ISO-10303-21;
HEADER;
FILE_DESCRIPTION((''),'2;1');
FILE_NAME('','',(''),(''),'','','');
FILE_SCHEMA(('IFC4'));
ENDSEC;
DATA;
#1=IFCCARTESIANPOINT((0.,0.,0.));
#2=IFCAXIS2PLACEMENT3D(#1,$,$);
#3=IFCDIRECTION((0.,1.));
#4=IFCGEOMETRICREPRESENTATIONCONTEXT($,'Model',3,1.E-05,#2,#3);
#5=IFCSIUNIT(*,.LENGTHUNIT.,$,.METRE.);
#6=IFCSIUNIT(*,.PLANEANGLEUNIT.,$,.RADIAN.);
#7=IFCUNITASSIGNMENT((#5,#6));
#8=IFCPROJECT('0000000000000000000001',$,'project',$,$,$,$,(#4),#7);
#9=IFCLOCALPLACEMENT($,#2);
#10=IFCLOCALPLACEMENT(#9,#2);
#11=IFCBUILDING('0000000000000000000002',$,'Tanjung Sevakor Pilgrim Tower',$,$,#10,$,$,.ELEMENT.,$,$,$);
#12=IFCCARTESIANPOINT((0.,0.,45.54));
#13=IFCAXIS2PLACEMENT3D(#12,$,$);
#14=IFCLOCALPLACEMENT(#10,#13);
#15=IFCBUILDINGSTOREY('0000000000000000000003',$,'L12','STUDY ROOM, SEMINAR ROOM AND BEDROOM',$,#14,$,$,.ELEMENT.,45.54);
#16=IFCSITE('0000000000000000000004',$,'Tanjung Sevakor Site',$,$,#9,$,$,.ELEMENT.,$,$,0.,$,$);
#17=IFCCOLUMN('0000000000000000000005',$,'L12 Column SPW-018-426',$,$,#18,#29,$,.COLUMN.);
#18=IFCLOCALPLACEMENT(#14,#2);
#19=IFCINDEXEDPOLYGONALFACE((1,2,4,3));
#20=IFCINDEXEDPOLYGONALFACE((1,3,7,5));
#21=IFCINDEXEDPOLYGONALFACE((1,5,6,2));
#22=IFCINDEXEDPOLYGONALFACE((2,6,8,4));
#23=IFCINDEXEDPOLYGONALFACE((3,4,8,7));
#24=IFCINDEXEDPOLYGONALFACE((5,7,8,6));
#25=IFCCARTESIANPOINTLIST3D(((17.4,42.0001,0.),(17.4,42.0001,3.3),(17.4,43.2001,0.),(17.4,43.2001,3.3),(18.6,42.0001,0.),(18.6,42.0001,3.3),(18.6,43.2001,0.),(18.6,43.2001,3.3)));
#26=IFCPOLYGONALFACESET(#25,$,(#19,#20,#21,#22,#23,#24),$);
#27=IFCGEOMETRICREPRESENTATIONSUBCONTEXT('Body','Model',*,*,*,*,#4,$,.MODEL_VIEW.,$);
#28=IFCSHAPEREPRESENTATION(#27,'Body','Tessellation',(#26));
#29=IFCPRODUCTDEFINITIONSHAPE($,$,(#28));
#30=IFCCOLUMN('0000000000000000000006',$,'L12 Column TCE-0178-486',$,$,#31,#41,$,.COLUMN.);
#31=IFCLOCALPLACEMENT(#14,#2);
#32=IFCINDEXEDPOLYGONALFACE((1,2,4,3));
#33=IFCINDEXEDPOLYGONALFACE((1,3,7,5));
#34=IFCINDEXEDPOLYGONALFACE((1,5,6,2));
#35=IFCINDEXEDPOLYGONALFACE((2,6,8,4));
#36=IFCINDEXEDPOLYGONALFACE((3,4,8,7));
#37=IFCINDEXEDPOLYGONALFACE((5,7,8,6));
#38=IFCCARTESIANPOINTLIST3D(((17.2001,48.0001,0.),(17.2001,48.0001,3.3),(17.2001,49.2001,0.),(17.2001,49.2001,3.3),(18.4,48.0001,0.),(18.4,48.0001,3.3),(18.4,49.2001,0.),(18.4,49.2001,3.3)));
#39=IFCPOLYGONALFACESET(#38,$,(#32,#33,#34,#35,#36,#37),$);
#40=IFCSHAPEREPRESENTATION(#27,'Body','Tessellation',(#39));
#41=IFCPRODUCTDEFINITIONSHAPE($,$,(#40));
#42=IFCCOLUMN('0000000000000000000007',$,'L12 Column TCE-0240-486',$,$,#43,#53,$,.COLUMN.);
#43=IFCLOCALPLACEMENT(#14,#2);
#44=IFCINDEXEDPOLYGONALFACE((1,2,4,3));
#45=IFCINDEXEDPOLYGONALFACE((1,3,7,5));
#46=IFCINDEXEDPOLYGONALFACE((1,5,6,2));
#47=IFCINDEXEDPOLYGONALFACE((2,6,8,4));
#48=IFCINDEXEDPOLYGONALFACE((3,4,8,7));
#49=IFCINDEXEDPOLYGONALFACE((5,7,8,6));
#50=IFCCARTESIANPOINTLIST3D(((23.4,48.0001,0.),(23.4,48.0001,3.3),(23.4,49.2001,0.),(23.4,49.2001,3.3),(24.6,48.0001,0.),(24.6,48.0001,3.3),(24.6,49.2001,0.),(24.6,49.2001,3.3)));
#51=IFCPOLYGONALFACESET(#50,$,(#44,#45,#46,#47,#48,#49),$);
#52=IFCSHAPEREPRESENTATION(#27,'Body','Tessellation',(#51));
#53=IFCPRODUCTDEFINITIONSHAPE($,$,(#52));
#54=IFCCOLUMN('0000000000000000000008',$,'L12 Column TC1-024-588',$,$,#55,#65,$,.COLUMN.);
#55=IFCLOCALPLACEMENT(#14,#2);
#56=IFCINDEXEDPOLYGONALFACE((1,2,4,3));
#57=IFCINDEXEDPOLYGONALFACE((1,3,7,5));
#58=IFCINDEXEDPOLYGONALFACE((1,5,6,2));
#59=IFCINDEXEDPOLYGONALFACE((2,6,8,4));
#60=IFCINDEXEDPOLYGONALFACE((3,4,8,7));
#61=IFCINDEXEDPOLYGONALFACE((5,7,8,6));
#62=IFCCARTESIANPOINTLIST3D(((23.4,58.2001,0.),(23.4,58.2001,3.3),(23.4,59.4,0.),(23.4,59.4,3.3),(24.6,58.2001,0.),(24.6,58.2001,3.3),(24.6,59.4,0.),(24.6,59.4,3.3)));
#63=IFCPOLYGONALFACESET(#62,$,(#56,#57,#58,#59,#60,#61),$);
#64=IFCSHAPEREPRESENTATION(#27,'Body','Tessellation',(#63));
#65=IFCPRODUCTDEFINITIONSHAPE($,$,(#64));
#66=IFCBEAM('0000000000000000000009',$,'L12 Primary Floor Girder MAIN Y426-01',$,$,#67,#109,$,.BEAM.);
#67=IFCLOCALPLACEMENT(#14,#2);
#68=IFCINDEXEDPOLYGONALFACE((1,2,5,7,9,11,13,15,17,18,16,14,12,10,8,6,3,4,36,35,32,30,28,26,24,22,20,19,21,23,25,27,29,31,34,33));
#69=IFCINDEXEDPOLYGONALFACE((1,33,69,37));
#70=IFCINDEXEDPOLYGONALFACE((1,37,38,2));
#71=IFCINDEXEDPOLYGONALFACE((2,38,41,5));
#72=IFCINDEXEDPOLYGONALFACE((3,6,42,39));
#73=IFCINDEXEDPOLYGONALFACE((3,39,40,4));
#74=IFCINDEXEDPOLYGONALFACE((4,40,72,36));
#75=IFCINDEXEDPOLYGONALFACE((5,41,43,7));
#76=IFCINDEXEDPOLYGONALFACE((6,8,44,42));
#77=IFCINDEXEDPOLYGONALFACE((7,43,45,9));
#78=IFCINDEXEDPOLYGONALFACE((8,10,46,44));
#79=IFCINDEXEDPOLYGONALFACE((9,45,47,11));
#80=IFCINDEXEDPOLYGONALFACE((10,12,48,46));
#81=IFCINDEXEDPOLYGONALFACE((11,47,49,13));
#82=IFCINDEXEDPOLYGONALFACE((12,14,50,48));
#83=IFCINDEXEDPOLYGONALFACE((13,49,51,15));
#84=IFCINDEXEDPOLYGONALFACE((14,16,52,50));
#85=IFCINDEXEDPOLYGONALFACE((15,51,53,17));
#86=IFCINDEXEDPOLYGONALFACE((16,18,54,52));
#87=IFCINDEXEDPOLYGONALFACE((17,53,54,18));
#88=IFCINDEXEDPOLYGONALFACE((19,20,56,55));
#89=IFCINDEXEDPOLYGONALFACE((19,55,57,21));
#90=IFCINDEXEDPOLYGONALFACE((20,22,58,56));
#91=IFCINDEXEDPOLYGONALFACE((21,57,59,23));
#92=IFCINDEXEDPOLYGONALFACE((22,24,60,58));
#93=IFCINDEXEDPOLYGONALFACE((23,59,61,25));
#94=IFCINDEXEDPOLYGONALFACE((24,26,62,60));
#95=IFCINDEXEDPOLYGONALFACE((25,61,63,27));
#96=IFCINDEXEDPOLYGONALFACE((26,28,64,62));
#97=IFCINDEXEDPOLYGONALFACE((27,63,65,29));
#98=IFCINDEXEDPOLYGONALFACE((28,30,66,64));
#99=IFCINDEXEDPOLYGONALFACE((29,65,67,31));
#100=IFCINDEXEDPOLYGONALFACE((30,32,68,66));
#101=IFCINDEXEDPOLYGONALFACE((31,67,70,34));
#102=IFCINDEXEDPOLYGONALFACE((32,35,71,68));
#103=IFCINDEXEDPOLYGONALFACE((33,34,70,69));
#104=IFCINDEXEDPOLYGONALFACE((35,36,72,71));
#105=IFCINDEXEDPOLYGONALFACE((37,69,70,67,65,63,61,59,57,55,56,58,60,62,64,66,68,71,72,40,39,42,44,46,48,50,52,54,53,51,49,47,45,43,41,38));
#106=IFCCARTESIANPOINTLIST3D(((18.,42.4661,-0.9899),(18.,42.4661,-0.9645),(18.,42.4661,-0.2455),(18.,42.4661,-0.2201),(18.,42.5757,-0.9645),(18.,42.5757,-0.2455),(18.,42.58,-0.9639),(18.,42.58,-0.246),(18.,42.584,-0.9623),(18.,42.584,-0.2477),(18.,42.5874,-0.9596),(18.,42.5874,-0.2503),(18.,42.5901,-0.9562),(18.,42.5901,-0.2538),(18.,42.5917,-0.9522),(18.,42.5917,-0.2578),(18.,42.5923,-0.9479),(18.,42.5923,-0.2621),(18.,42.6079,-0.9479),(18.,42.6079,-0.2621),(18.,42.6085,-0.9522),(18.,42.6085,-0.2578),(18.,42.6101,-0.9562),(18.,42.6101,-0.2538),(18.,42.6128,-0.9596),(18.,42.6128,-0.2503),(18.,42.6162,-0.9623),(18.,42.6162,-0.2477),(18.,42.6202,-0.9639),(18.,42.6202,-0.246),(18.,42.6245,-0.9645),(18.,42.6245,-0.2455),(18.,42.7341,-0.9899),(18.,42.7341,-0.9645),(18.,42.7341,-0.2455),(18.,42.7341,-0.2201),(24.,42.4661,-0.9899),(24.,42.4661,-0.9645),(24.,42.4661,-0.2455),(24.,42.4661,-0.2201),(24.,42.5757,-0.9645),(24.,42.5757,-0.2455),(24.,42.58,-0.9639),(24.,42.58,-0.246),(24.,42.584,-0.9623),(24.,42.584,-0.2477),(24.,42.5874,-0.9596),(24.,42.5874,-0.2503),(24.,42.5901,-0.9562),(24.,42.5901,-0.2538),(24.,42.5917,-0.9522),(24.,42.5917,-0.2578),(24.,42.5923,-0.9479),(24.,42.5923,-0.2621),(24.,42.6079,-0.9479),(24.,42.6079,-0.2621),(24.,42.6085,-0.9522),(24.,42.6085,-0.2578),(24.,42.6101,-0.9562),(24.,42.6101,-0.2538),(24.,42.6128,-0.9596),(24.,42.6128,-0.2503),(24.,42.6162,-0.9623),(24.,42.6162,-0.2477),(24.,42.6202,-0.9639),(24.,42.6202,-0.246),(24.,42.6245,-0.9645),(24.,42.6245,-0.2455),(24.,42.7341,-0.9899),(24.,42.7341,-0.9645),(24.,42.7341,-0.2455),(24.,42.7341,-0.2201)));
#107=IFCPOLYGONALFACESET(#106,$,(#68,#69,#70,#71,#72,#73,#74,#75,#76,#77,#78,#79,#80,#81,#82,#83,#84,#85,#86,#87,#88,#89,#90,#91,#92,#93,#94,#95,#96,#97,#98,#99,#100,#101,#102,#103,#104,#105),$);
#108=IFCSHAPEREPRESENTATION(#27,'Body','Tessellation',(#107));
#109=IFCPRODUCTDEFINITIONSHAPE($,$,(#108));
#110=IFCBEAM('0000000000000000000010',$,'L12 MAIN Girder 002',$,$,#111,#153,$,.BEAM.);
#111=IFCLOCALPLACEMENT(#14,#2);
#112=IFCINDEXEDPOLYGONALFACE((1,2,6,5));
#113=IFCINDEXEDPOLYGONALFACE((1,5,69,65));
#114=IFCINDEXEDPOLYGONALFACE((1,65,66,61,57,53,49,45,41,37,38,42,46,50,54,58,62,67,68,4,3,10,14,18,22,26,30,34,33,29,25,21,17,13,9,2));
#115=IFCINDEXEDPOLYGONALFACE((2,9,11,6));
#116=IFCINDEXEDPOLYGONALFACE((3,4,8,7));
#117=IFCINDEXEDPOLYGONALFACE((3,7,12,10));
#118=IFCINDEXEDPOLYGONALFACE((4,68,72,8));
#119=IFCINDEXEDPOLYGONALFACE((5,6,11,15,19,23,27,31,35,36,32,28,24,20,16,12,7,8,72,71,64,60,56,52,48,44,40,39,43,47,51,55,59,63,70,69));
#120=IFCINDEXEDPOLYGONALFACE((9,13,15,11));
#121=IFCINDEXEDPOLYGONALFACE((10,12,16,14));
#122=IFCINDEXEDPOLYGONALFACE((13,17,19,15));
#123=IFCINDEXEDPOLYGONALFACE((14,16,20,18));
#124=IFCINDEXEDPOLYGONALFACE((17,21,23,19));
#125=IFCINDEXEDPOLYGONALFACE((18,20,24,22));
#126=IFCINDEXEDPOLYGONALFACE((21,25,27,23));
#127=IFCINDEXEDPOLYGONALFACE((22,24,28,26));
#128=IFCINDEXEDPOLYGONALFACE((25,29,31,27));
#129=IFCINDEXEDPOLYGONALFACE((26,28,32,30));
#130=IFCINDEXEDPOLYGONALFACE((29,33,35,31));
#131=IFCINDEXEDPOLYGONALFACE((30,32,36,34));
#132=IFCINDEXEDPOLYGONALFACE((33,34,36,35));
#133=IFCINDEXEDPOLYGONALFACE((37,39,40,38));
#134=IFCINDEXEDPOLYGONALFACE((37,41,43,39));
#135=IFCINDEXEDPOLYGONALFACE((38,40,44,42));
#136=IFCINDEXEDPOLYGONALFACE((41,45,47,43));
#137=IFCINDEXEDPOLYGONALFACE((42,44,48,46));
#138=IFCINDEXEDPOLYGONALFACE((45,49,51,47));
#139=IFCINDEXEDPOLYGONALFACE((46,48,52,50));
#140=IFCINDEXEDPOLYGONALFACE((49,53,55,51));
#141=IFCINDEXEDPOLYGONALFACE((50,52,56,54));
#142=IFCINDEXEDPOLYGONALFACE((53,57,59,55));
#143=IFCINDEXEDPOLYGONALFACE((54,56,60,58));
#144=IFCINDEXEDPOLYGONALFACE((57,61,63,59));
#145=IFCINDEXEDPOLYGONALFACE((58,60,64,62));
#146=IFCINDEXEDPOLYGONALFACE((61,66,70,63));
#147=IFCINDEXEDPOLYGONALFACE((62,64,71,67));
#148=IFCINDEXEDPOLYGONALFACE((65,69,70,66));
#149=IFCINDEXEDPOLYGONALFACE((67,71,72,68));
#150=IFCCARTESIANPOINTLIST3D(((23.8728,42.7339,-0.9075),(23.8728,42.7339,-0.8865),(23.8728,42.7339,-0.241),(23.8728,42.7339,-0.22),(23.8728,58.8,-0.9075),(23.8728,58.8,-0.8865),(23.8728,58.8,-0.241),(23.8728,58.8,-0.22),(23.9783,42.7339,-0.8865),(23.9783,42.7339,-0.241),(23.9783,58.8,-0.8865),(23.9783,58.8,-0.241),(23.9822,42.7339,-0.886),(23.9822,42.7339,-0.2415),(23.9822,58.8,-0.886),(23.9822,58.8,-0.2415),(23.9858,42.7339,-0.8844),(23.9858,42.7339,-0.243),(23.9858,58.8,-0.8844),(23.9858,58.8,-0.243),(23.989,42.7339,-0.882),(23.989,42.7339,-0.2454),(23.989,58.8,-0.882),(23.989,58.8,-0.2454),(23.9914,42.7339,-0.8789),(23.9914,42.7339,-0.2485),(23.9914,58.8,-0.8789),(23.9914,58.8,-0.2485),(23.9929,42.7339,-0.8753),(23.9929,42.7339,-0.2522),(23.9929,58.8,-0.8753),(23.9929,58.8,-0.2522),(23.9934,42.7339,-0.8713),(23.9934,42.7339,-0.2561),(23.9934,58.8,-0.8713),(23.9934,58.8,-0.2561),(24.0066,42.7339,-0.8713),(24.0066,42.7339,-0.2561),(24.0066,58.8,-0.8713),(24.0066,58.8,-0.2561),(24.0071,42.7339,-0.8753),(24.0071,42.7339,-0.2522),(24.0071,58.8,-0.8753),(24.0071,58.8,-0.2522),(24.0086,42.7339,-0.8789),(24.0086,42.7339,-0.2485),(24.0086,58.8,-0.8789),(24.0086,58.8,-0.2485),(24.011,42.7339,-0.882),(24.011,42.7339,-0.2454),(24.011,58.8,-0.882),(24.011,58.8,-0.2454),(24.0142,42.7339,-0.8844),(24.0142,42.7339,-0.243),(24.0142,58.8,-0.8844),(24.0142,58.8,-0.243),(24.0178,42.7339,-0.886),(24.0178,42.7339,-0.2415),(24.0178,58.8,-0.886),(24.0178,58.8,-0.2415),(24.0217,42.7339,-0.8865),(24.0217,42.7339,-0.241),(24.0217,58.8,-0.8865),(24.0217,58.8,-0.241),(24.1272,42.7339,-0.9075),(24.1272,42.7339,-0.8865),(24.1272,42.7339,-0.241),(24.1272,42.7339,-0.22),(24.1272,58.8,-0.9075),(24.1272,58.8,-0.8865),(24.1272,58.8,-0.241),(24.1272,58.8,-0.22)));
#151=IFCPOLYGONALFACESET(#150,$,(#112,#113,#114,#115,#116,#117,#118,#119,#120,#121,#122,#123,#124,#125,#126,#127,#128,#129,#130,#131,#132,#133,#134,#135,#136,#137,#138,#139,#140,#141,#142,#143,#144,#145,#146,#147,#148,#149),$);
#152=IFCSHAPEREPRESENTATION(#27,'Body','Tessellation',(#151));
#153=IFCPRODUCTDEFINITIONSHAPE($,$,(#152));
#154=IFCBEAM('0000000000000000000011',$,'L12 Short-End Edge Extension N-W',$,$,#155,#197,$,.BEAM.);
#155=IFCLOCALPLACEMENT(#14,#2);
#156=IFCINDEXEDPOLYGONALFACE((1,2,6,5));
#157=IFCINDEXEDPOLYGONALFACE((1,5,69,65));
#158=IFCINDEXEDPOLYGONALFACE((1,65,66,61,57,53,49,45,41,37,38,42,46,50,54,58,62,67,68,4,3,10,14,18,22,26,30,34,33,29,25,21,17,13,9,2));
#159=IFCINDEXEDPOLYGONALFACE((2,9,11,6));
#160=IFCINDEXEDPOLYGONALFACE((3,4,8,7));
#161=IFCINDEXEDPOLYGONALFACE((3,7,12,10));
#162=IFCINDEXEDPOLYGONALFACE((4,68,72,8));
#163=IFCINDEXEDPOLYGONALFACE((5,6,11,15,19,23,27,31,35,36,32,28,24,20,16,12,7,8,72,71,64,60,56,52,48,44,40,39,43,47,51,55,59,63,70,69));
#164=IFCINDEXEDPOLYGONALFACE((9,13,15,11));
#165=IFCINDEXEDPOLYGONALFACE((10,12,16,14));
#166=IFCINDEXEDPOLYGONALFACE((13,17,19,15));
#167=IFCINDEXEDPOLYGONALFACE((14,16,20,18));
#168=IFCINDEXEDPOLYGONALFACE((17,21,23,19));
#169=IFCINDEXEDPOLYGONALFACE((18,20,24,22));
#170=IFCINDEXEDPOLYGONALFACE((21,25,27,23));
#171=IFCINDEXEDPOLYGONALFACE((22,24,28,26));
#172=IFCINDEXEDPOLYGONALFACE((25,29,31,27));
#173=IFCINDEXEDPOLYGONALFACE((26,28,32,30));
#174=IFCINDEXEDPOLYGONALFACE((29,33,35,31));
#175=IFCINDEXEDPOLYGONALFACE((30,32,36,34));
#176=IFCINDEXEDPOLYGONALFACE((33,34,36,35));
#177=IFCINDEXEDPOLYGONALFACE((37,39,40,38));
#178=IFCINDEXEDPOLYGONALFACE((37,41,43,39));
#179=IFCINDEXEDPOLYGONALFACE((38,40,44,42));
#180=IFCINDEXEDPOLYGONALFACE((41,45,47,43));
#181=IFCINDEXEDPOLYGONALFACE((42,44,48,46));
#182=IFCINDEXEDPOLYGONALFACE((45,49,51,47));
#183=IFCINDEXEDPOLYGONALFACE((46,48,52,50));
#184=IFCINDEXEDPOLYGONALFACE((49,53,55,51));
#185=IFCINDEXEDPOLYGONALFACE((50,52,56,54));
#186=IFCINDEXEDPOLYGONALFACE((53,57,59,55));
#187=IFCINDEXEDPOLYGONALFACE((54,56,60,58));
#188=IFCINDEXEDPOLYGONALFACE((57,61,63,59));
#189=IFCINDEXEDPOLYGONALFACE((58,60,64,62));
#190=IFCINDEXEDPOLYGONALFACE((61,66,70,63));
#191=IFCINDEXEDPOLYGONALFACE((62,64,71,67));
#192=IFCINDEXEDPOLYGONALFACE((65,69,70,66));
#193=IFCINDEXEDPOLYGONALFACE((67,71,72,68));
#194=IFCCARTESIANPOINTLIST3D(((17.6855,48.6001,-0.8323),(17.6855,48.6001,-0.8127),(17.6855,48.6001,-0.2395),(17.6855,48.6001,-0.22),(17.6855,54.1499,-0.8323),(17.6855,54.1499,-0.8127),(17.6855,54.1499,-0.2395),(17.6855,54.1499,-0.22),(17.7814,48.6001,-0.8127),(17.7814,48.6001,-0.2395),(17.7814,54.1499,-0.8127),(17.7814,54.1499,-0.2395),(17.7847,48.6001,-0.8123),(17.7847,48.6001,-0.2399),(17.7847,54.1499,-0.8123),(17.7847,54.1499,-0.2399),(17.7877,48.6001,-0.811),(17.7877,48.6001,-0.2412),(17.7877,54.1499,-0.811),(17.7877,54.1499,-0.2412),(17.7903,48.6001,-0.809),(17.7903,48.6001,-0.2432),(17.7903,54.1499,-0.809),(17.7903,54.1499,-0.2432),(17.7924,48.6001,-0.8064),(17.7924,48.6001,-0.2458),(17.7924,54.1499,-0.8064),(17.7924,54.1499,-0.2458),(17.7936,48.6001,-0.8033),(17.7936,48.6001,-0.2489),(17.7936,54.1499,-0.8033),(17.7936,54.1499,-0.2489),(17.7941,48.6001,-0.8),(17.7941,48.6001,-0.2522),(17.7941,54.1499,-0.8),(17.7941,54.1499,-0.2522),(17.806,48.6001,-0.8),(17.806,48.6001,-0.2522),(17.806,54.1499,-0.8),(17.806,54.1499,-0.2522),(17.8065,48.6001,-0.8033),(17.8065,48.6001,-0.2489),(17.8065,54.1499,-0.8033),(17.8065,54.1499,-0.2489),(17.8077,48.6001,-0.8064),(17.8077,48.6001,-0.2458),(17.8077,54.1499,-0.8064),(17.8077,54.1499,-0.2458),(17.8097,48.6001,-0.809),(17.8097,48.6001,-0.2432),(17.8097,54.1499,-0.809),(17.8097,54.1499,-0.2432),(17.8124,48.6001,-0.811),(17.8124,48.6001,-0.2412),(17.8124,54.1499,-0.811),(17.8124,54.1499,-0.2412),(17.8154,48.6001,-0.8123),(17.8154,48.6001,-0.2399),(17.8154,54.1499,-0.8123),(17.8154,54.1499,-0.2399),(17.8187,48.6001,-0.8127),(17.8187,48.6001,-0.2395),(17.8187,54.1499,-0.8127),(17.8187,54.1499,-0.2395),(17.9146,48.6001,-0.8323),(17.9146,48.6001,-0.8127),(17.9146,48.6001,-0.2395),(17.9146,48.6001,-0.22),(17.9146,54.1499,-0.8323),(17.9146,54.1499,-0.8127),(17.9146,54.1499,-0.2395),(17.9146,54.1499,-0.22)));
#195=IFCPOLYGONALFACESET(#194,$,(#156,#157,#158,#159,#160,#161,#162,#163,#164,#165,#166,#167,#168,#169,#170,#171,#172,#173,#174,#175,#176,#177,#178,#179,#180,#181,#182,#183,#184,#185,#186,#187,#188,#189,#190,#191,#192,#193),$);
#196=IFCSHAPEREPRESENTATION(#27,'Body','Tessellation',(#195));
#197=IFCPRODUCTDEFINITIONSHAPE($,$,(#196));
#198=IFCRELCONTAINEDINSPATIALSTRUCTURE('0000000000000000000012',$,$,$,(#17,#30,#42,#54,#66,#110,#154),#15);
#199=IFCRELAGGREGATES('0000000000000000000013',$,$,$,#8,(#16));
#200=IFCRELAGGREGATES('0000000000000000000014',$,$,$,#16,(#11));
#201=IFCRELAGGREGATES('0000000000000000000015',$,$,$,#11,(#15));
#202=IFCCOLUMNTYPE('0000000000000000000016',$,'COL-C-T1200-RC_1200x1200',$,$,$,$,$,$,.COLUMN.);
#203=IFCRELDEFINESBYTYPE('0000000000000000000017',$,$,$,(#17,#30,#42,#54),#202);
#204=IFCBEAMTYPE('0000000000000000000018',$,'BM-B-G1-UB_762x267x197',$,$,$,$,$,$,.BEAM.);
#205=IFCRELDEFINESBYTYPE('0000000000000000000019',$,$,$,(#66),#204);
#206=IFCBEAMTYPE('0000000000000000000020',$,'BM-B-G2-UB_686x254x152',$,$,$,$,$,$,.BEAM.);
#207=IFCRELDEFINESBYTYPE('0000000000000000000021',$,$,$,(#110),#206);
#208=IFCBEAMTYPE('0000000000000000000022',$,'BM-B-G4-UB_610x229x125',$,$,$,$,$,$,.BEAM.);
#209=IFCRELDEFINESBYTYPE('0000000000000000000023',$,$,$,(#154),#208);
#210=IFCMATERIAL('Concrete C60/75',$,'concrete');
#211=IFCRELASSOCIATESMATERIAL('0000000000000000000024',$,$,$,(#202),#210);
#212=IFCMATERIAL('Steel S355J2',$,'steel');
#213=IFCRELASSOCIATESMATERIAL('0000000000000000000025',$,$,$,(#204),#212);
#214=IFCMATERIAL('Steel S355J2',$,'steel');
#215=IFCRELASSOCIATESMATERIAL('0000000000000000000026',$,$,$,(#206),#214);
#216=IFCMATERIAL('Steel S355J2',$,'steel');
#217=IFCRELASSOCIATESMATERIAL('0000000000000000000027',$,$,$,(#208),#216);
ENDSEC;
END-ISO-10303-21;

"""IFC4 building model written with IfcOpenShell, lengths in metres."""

from ifc_helpers import new_model, si_unit, direction, frame, origin, origin_2d, place, context, subcontext, project, spatial, rectangle, i_section, extrude, material, material_profile, profile_set, type_object, element, save


model = new_model("IFC4")

# Units and contexts
model_context = context("Model", 3, precision=1e-05, world=origin(), true_north=direction((0.0, 1.0)))
body_context = subcontext(model_context, "Body", "Model", "MODEL_VIEW")
ifc_project = project(units=[si_unit("LENGTHUNIT", "METRE"), si_unit("PLANEANGLEUNIT", "RADIAN")], contexts=[model_context])

# Site, building, storey
site_placement = place(None, origin())
site = spatial("IfcSite", under=ifc_project, at=site_placement, Name="Tanjung Sevakor Site", CompositionType="ELEMENT", RefElevation=0.0)
building_placement = place(site_placement, origin())
building = spatial("IfcBuilding", under=site, at=building_placement, Name="Tanjung Sevakor Pilgrim Tower", CompositionType="ELEMENT")
storey_placement = place(building_placement, frame((0.0, 0.0, 45.54)))
storey = spatial("IfcBuildingStorey", under=building, at=storey_placement, Name="L12", Description="STUDY ROOM, SEMINAR ROOM AND BEDROOM", CompositionType="ELEMENT", Elevation=45.54)

# Columns
ifc_material_1 = material(Name="Concrete C60/75", Category="concrete")
ifc_material_profile_1 = material_profile(ifc_material_1, rectangle(XDim=1.2, YDim=1.2, at=origin_2d()))
ifc_profile_set_1 = profile_set([ifc_material_profile_1], Name="Concrete C60/75")
column_type = type_object("IfcColumnType", Name="COL-C-T1200-RC_1200x1200", PredefinedType="COLUMN", material=ifc_profile_set_1)
for number, where, z_axis, x_axis, name in (
    (1, (18.0, 42.6001, 0.0), (0.0, 0.0, 1.0), (1.0, 0.0, 0.0), "L12 Column SPW-018-426"),
    (2, (17.8, 48.6001, 0.0), (0.0, 0.0, 1.0), (1.0, 0.0, 0.0), "L12 Column TCE-0178-486"),
    (3, (24.0, 48.6001, 0.0), (0.0, 0.0, 1.0), (1.0, 0.0, 0.0), "L12 Column TCE-0240-486"),
    (4, (24.0, 58.8, 0.0), (0.0, 0.0, 1.0), (1.0, 0.0, 0.0), "L12 Column TC1-024-588"),
):
    element("IfcColumn", number, at=place(storey_placement, frame(where, z_axis=z_axis, x_axis=x_axis)), inside=storey, type_object=column_type, Name=name, PredefinedType="COLUMN", context=body_context, shape_type="SweptSolid", body=[
        extrude(rectangle(XDim=1.2, YDim=1.2, at=origin_2d()), origin(), (0.0, 0.0, 1.0), 3.3),
    ])

# Beams
ifc_material_2 = material(Name="Steel S355J2", Category="steel")
ifc_material_profile_2 = material_profile(ifc_material_2, i_section(OverallWidth=0.2681, OverallDepth=0.7698, WebThickness=0.0156, FlangeThickness=0.0254, FilletRadius=0.0166, at=origin_2d()))
ifc_profile_set_2 = profile_set([ifc_material_profile_2], Name="Steel S355J2")
beam_type_1 = type_object("IfcBeamType", Name="BM-B-G1-UB_762x267x197", PredefinedType="BEAM", material=ifc_profile_set_2)
beam_1_placement = place(storey_placement, frame((18.0, 42.6001, -0.605), z_axis=(1.0, 0.0, 0.0), x_axis=(0.0, 1.0, 0.0)))
element("IfcBeam", 5, at=beam_1_placement, inside=storey, type_object=beam_type_1, Name="L12 Primary Floor Girder MAIN Y426-01", PredefinedType="BEAM", context=body_context, shape_type="SweptSolid", body=[
    extrude(i_section(OverallWidth=0.2681, OverallDepth=0.7698, WebThickness=0.0156, FlangeThickness=0.0254, FilletRadius=0.0166, at=origin_2d()), origin(), (0.0, 0.0, 1.0), 6.0),
])
ifc_material_3 = material(Name="Steel S355J2", Category="steel")
ifc_material_profile_3 = material_profile(ifc_material_3, i_section(OverallWidth=0.2544, OverallDepth=0.6875, WebThickness=0.0132, FlangeThickness=0.021, FilletRadius=0.0151, at=origin_2d()))
ifc_profile_set_3 = profile_set([ifc_material_profile_3], Name="Steel S355J2")
beam_type_2 = type_object("IfcBeamType", Name="BM-B-G2-UB_686x254x152", PredefinedType="BEAM", material=ifc_profile_set_3)
beam_2_placement = place(storey_placement, frame((24.0, 42.7339, -0.5637), z_axis=(0.0, 1.0, 0.0), x_axis=(-1.0, 0.0, 0.0)))
element("IfcBeam", 6, at=beam_2_placement, inside=storey, type_object=beam_type_2, Name="L12 MAIN Girder 002", PredefinedType="BEAM", context=body_context, shape_type="SweptSolid", body=[
    extrude(i_section(OverallWidth=0.2544, OverallDepth=0.6875, WebThickness=0.0132, FlangeThickness=0.021, FilletRadius=0.0151, at=origin_2d()), origin(), (0.0, 0.0, 1.0), 16.0662),
])
ifc_material_4 = material(Name="Steel S355J2", Category="steel")
ifc_material_profile_4 = material_profile(ifc_material_4, i_section(OverallWidth=0.229, OverallDepth=0.6123, WebThickness=0.012, FlangeThickness=0.0195, FilletRadius=0.0127, at=origin_2d()))
ifc_profile_set_4 = profile_set([ifc_material_profile_4], Name="Steel S355J2")
beam_type_3 = type_object("IfcBeamType", Name="BM-B-G4-UB_610x229x125", PredefinedType="BEAM", material=ifc_profile_set_4)
beam_3_placement = place(storey_placement, frame((17.8, 48.6001, -0.5261), z_axis=(0.0, 1.0, 0.0), x_axis=(-1.0, 0.0, 0.0)))
element("IfcBeam", 7, at=beam_3_placement, inside=storey, type_object=beam_type_3, Name="L12 Short-End Edge Extension N-W", PredefinedType="BEAM", context=body_context, shape_type="SweptSolid", body=[
    extrude(i_section(OverallWidth=0.229, OverallDepth=0.6123, WebThickness=0.012, FlangeThickness=0.0195, FilletRadius=0.0127, at=origin_2d()), origin(), (0.0, 0.0, 1.0), 5.5498),
])

save(model, "model.ifc")
